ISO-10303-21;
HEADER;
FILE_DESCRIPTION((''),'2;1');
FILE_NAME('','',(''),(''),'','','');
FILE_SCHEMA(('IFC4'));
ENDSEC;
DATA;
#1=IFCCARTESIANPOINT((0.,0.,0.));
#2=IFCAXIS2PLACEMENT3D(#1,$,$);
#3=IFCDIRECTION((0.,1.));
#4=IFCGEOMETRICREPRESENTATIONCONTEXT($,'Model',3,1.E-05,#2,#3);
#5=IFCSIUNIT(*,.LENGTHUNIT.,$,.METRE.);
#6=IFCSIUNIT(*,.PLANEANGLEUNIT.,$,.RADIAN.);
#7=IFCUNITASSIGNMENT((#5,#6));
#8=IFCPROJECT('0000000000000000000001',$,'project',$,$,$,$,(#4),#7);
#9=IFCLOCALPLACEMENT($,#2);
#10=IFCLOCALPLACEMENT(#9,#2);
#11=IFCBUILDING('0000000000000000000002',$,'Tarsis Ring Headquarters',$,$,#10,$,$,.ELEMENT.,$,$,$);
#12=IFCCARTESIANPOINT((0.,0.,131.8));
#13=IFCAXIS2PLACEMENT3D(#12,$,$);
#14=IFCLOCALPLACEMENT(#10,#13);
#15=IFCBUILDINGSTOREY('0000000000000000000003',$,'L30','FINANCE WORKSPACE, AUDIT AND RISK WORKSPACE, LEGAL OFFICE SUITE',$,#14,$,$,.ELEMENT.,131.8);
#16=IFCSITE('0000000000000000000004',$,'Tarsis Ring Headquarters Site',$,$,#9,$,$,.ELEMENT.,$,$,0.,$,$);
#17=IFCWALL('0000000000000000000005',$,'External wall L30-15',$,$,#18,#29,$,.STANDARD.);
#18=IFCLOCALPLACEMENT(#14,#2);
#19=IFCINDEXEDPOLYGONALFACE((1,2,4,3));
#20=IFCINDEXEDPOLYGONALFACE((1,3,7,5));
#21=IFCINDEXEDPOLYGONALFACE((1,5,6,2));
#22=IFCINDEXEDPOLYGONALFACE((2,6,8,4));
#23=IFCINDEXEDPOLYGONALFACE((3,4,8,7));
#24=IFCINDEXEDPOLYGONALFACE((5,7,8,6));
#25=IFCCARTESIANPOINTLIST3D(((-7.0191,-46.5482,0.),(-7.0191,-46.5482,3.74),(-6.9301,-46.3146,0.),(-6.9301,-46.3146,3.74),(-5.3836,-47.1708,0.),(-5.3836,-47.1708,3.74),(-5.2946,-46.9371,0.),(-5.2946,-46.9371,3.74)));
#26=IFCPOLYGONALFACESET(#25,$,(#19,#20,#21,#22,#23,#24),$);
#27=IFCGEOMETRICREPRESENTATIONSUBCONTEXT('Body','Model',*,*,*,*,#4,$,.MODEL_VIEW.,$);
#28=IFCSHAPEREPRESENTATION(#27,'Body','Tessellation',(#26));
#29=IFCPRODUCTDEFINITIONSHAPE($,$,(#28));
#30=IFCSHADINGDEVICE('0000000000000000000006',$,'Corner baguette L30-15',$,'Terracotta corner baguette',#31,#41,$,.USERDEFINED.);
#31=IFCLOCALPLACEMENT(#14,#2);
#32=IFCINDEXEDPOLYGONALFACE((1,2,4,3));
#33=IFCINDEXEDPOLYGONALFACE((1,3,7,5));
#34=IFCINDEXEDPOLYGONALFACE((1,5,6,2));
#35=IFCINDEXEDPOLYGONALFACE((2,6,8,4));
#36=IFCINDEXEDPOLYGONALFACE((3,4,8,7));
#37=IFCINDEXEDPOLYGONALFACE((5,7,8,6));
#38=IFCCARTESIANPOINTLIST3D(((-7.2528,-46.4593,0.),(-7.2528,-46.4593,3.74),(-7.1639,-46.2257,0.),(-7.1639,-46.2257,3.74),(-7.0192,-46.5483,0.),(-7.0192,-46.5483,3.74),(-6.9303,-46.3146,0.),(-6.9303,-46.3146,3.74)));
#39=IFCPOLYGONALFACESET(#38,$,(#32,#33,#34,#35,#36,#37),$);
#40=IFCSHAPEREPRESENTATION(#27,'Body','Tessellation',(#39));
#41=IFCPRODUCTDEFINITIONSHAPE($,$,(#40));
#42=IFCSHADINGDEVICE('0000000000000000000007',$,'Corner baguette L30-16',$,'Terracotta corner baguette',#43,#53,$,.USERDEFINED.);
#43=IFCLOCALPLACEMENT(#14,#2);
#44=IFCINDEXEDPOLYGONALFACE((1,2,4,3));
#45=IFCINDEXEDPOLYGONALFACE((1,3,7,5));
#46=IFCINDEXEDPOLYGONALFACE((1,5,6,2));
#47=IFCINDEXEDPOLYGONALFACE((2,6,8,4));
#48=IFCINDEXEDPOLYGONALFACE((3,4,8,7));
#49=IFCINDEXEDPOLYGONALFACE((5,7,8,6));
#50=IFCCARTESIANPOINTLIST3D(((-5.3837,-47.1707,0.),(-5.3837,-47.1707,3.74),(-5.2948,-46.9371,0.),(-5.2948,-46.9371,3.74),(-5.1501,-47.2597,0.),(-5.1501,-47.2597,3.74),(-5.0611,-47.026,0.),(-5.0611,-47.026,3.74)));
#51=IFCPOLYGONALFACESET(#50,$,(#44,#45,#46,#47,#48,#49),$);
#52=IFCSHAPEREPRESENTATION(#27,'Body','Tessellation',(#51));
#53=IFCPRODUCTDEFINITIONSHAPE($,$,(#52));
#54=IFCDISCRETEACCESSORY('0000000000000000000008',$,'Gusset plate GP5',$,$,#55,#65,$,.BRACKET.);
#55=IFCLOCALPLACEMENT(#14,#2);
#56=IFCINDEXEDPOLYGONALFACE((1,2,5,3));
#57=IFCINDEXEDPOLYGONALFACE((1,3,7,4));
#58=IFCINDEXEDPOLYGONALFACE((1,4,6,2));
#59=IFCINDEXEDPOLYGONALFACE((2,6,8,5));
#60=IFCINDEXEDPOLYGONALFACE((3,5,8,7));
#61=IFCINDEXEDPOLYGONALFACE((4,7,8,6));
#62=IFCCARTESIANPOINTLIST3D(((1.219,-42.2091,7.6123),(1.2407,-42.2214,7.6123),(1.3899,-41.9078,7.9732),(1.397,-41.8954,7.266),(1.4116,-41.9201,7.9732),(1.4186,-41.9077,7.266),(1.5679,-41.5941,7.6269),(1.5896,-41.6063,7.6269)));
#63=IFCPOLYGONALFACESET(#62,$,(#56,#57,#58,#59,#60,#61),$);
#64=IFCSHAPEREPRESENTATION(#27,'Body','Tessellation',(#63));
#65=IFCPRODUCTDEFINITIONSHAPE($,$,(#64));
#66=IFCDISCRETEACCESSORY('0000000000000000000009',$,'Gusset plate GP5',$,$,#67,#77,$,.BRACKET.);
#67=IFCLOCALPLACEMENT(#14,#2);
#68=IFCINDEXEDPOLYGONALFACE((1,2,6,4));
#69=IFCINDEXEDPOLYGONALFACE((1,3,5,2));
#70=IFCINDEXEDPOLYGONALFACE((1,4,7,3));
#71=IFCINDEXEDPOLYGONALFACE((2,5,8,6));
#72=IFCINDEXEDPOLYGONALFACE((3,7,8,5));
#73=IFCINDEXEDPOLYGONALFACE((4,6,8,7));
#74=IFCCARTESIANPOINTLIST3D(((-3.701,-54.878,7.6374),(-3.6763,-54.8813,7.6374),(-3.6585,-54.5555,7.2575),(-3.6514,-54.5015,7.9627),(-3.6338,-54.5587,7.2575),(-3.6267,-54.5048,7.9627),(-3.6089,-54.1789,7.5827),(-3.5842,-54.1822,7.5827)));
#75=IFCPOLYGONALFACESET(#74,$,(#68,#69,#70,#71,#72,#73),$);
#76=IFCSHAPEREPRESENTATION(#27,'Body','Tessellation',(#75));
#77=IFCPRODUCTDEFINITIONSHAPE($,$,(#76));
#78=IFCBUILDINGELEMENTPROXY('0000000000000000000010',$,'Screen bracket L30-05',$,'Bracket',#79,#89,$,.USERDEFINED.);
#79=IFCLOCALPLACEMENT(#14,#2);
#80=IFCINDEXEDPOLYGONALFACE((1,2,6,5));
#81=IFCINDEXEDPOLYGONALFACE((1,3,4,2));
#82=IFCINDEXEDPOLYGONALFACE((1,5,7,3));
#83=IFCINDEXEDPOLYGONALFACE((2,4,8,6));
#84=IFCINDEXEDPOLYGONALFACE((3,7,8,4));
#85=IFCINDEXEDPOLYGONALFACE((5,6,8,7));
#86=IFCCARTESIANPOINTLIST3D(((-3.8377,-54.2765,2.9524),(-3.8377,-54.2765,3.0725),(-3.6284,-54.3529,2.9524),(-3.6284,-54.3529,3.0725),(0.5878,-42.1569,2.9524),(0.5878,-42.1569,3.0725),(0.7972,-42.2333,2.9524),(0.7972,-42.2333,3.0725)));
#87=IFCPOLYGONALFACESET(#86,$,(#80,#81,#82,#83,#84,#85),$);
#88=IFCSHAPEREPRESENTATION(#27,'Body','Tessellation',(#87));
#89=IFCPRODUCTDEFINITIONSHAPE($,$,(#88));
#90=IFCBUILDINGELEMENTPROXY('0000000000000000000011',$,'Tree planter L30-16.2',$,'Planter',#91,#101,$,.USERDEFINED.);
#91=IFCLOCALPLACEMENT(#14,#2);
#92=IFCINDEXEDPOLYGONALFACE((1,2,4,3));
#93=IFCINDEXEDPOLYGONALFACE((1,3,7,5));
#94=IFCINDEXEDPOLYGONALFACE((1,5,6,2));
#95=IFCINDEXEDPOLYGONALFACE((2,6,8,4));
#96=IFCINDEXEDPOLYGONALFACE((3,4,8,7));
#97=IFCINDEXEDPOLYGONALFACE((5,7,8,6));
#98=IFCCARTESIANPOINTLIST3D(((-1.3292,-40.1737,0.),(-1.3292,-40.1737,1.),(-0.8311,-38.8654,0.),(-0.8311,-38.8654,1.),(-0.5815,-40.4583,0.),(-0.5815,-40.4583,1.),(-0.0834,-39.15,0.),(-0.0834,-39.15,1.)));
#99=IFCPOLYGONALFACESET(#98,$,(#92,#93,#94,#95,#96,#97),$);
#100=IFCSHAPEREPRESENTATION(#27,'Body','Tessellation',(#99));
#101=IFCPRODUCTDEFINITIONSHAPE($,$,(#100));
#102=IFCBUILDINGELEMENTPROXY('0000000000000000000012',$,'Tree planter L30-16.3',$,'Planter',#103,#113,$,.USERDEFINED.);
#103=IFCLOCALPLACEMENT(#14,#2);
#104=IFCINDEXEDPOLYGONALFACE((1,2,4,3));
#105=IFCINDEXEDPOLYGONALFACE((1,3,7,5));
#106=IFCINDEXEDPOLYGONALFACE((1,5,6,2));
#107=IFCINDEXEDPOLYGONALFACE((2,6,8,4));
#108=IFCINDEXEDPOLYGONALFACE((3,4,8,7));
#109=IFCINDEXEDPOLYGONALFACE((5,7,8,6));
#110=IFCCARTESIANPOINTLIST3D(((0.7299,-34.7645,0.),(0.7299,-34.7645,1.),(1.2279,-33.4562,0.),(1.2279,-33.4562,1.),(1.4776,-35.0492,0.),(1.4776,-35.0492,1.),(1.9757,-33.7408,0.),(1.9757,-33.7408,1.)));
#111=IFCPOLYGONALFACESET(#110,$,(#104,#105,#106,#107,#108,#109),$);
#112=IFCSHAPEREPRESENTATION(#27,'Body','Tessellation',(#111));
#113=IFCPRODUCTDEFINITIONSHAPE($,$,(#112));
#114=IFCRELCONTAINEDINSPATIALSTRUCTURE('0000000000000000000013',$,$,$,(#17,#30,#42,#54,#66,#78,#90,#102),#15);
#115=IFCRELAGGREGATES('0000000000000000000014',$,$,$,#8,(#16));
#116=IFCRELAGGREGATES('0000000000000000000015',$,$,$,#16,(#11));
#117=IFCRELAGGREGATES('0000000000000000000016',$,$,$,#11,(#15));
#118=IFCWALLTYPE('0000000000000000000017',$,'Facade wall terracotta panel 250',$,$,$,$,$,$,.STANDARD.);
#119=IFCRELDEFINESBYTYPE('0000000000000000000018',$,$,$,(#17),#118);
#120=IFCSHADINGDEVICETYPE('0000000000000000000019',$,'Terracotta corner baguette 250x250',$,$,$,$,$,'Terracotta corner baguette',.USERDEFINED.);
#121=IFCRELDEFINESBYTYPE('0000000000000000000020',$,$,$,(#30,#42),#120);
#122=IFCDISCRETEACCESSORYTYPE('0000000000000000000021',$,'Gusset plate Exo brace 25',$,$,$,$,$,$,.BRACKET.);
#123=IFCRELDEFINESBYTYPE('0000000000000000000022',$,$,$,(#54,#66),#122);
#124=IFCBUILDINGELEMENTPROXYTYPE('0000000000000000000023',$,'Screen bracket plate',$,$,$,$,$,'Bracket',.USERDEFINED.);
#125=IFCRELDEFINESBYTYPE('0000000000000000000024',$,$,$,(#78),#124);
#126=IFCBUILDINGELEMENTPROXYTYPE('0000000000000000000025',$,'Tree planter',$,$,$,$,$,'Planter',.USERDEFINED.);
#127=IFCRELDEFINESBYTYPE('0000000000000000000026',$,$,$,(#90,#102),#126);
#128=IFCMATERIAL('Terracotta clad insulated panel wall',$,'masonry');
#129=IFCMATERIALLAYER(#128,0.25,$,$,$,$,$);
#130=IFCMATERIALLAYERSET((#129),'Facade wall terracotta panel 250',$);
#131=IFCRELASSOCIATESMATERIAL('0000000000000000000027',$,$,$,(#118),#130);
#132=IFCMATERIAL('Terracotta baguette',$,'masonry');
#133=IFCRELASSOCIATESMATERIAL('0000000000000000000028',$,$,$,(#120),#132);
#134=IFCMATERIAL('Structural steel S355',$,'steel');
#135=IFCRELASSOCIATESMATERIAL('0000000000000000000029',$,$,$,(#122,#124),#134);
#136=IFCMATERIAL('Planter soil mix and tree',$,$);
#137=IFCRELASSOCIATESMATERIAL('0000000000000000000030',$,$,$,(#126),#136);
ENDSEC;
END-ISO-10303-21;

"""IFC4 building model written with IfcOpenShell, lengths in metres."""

from ifc_helpers import new_model, si_unit, direction, frame, frame_2d, origin, origin_2d, place, context, subcontext, project, spatial, rectangle, extrude, material, layer, layer_set, material_profile, profile_set, type_object, element, save


model = new_model("IFC4")

# Units and contexts
model_context = context("Model", 3, precision=1e-05, world=origin(), true_north=direction((0.0, 1.0)))
body_context = subcontext(model_context, "Body", "Model", "MODEL_VIEW")
ifc_project = project(units=[si_unit("LENGTHUNIT", "METRE"), si_unit("PLANEANGLEUNIT", "RADIAN")], contexts=[model_context])

# Site, building, storey
site_placement = place(None, origin())
site = spatial("IfcSite", under=ifc_project, at=site_placement, Name="Tarsis Ring Headquarters Site", CompositionType="ELEMENT", RefElevation=0.0)
building_placement = place(site_placement, origin())
building = spatial("IfcBuilding", under=site, at=building_placement, Name="Tarsis Ring Headquarters", CompositionType="ELEMENT")
storey_placement = place(building_placement, frame((0.0, 0.0, 131.8)))
storey = spatial("IfcBuildingStorey", under=building, at=storey_placement, Name="L30", Description="FINANCE WORKSPACE, AUDIT AND RISK WORKSPACE, LEGAL OFFICE SUITE", CompositionType="ELEMENT", Elevation=131.8)

# Shared definitions
ifc_material_1 = material(Name="Structural steel S355", Category="steel")

# Wall
ifc_material_2 = material(Name="Terracotta clad insulated panel wall", Category="masonry")
ifc_layer_1 = layer(ifc_material_2, 0.25)
ifc_layer_set_1 = layer_set([ifc_layer_1], Name="Facade wall terracotta panel 250")
wall_type_1 = type_object("IfcWallType", Name="Facade wall terracotta panel 250", PredefinedType="STANDARD", material=ifc_layer_set_1)
wall_1_placement = place(storey_placement, frame((-6.9746, -46.4314, 0.0), z_axis=(0.0, 0.0, 1.0), x_axis=(0.934581, -0.355752, 0.0)))
element("IfcWall", 1, at=wall_1_placement, inside=storey, type_object=wall_type_1, Name="External wall L30-15", PredefinedType="STANDARD", context=body_context, shape_type="SweptSolid", body=[
    extrude(rectangle(XDim=1.75, YDim=0.25, at=frame_2d((0.875, 0.0))), origin(), (0.0, 0.0, 1.0), 3.74),
])

# Shading devices
ifc_material_3 = material(Name="Terracotta baguette", Category="masonry")
shading_device_type_1 = type_object("IfcShadingDeviceType", Name="Terracotta corner baguette 250x250", ElementType="Terracotta corner baguette", PredefinedType="USERDEFINED", material=ifc_material_3)
for number, where, z_axis, x_axis, name in (
    (2, (-7.0916, -46.387, 0.0), (0.0, 0.0, 1.0), (0.355759, 0.934578, 0.0), "Corner baguette L30-15"),
    (3, (-5.2224, -47.0984, 0.0), (0.0, 0.0, 1.0), (0.934578, -0.35576, 0.0), "Corner baguette L30-16"),
):
    element("IfcShadingDevice", number, at=place(storey_placement, frame(where, z_axis=z_axis, x_axis=x_axis)), inside=storey, type_object=shading_device_type_1, Name=name, ObjectType="Terracotta corner baguette", PredefinedType="USERDEFINED", context=body_context, shape_type="SweptSolid", body=[
        extrude(rectangle(XDim=0.25, YDim=0.25, at=origin_2d()), origin(), (0.0, 0.0, 1.0), 3.74),
    ])

# Discrete accessories
ifc_material_profile_1 = material_profile(ifc_material_1, rectangle(XDim=0.0249, YDim=0.5, at=origin_2d()), Name="PL 25x500")
ifc_profile_set_1 = profile_set([ifc_material_profile_1], Name="Structural steel S355")
discrete_accessory_type = type_object("IfcDiscreteAccessoryType", Name="Gusset plate Exo brace 25", PredefinedType="BRACKET", material=ifc_profile_set_1)
for number, where, z_axis, x_axis, name in (
    (4, (1.4897, -41.7571, 7.8), (-0.341677, -0.602328, -0.721427), (0.8698, -0.493404, 0.0), "Gusset plate GP5"),
    (5, (-3.6638, -54.6914, 7.8), (0.084939, 0.644854, -0.759571), (-0.991436, 0.13059, 0.0), "Gusset plate GP5"),
):
    element("IfcDiscreteAccessory", number, at=place(storey_placement, frame(where, z_axis=z_axis, x_axis=x_axis)), inside=storey, type_object=discrete_accessory_type, Name=name, PredefinedType="BRACKET", context=body_context, shape_type="SweptSolid", body=[
        extrude(rectangle(XDim=0.0249, YDim=0.5, at=origin_2d()), origin(), (0.0, 0.0, 1.0), 0.5002),
    ])

# Building element proxies
building_element_proxy_type_1 = type_object("IfcBuildingElementProxyType", Name="Screen bracket plate", ElementType="Bracket", PredefinedType="USERDEFINED", material=ifc_material_1)
proxy_placement = place(storey_placement, frame((-1.5203, -48.2549, 2.9524), z_axis=(0.0, 0.0, 1.0), x_axis=(0.343004, 0.939334, 0.0)))
element("IfcBuildingElementProxy", 6, at=proxy_placement, inside=storey, type_object=building_element_proxy_type_1, Name="Screen bracket L30-05", ObjectType="Bracket", PredefinedType="USERDEFINED", context=body_context, shape_type="SweptSolid", body=[
    extrude(rectangle(XDim=12.9023, YDim=0.2229, at=origin_2d()), origin(), (0.0, 0.0, 1.0), 0.1201),
])
ifc_material_4 = material(Name="Planter soil mix and tree")
building_element_proxy_type_2 = type_object("IfcBuildingElementProxyType", Name="Tree planter", ElementType="Planter", PredefinedType="USERDEFINED", material=ifc_material_4)
for number, where, z_axis, x_axis, name in (
    (7, (-0.7063, -39.6619, 0.0), (0.0, 0.0, 1.0), (0.35576, 0.934578, 0.0), "Tree planter L30-16.2"),
    (8, (1.3528, -34.2527, 0.0), (0.0, 0.0, 1.0), (0.35576, 0.934578, 0.0), "Tree planter L30-16.3"),
):
    element("IfcBuildingElementProxy", number, at=place(storey_placement, frame(where, z_axis=z_axis, x_axis=x_axis)), inside=storey, type_object=building_element_proxy_type_2, Name=name, ObjectType="Planter", PredefinedType="USERDEFINED", context=body_context, shape_type="SweptSolid", body=[
        extrude(rectangle(XDim=1.3999, YDim=0.8, at=origin_2d()), origin(), (0.0, 0.0, 1.0), 1.0),
    ])

save(model, "model.ifc")
